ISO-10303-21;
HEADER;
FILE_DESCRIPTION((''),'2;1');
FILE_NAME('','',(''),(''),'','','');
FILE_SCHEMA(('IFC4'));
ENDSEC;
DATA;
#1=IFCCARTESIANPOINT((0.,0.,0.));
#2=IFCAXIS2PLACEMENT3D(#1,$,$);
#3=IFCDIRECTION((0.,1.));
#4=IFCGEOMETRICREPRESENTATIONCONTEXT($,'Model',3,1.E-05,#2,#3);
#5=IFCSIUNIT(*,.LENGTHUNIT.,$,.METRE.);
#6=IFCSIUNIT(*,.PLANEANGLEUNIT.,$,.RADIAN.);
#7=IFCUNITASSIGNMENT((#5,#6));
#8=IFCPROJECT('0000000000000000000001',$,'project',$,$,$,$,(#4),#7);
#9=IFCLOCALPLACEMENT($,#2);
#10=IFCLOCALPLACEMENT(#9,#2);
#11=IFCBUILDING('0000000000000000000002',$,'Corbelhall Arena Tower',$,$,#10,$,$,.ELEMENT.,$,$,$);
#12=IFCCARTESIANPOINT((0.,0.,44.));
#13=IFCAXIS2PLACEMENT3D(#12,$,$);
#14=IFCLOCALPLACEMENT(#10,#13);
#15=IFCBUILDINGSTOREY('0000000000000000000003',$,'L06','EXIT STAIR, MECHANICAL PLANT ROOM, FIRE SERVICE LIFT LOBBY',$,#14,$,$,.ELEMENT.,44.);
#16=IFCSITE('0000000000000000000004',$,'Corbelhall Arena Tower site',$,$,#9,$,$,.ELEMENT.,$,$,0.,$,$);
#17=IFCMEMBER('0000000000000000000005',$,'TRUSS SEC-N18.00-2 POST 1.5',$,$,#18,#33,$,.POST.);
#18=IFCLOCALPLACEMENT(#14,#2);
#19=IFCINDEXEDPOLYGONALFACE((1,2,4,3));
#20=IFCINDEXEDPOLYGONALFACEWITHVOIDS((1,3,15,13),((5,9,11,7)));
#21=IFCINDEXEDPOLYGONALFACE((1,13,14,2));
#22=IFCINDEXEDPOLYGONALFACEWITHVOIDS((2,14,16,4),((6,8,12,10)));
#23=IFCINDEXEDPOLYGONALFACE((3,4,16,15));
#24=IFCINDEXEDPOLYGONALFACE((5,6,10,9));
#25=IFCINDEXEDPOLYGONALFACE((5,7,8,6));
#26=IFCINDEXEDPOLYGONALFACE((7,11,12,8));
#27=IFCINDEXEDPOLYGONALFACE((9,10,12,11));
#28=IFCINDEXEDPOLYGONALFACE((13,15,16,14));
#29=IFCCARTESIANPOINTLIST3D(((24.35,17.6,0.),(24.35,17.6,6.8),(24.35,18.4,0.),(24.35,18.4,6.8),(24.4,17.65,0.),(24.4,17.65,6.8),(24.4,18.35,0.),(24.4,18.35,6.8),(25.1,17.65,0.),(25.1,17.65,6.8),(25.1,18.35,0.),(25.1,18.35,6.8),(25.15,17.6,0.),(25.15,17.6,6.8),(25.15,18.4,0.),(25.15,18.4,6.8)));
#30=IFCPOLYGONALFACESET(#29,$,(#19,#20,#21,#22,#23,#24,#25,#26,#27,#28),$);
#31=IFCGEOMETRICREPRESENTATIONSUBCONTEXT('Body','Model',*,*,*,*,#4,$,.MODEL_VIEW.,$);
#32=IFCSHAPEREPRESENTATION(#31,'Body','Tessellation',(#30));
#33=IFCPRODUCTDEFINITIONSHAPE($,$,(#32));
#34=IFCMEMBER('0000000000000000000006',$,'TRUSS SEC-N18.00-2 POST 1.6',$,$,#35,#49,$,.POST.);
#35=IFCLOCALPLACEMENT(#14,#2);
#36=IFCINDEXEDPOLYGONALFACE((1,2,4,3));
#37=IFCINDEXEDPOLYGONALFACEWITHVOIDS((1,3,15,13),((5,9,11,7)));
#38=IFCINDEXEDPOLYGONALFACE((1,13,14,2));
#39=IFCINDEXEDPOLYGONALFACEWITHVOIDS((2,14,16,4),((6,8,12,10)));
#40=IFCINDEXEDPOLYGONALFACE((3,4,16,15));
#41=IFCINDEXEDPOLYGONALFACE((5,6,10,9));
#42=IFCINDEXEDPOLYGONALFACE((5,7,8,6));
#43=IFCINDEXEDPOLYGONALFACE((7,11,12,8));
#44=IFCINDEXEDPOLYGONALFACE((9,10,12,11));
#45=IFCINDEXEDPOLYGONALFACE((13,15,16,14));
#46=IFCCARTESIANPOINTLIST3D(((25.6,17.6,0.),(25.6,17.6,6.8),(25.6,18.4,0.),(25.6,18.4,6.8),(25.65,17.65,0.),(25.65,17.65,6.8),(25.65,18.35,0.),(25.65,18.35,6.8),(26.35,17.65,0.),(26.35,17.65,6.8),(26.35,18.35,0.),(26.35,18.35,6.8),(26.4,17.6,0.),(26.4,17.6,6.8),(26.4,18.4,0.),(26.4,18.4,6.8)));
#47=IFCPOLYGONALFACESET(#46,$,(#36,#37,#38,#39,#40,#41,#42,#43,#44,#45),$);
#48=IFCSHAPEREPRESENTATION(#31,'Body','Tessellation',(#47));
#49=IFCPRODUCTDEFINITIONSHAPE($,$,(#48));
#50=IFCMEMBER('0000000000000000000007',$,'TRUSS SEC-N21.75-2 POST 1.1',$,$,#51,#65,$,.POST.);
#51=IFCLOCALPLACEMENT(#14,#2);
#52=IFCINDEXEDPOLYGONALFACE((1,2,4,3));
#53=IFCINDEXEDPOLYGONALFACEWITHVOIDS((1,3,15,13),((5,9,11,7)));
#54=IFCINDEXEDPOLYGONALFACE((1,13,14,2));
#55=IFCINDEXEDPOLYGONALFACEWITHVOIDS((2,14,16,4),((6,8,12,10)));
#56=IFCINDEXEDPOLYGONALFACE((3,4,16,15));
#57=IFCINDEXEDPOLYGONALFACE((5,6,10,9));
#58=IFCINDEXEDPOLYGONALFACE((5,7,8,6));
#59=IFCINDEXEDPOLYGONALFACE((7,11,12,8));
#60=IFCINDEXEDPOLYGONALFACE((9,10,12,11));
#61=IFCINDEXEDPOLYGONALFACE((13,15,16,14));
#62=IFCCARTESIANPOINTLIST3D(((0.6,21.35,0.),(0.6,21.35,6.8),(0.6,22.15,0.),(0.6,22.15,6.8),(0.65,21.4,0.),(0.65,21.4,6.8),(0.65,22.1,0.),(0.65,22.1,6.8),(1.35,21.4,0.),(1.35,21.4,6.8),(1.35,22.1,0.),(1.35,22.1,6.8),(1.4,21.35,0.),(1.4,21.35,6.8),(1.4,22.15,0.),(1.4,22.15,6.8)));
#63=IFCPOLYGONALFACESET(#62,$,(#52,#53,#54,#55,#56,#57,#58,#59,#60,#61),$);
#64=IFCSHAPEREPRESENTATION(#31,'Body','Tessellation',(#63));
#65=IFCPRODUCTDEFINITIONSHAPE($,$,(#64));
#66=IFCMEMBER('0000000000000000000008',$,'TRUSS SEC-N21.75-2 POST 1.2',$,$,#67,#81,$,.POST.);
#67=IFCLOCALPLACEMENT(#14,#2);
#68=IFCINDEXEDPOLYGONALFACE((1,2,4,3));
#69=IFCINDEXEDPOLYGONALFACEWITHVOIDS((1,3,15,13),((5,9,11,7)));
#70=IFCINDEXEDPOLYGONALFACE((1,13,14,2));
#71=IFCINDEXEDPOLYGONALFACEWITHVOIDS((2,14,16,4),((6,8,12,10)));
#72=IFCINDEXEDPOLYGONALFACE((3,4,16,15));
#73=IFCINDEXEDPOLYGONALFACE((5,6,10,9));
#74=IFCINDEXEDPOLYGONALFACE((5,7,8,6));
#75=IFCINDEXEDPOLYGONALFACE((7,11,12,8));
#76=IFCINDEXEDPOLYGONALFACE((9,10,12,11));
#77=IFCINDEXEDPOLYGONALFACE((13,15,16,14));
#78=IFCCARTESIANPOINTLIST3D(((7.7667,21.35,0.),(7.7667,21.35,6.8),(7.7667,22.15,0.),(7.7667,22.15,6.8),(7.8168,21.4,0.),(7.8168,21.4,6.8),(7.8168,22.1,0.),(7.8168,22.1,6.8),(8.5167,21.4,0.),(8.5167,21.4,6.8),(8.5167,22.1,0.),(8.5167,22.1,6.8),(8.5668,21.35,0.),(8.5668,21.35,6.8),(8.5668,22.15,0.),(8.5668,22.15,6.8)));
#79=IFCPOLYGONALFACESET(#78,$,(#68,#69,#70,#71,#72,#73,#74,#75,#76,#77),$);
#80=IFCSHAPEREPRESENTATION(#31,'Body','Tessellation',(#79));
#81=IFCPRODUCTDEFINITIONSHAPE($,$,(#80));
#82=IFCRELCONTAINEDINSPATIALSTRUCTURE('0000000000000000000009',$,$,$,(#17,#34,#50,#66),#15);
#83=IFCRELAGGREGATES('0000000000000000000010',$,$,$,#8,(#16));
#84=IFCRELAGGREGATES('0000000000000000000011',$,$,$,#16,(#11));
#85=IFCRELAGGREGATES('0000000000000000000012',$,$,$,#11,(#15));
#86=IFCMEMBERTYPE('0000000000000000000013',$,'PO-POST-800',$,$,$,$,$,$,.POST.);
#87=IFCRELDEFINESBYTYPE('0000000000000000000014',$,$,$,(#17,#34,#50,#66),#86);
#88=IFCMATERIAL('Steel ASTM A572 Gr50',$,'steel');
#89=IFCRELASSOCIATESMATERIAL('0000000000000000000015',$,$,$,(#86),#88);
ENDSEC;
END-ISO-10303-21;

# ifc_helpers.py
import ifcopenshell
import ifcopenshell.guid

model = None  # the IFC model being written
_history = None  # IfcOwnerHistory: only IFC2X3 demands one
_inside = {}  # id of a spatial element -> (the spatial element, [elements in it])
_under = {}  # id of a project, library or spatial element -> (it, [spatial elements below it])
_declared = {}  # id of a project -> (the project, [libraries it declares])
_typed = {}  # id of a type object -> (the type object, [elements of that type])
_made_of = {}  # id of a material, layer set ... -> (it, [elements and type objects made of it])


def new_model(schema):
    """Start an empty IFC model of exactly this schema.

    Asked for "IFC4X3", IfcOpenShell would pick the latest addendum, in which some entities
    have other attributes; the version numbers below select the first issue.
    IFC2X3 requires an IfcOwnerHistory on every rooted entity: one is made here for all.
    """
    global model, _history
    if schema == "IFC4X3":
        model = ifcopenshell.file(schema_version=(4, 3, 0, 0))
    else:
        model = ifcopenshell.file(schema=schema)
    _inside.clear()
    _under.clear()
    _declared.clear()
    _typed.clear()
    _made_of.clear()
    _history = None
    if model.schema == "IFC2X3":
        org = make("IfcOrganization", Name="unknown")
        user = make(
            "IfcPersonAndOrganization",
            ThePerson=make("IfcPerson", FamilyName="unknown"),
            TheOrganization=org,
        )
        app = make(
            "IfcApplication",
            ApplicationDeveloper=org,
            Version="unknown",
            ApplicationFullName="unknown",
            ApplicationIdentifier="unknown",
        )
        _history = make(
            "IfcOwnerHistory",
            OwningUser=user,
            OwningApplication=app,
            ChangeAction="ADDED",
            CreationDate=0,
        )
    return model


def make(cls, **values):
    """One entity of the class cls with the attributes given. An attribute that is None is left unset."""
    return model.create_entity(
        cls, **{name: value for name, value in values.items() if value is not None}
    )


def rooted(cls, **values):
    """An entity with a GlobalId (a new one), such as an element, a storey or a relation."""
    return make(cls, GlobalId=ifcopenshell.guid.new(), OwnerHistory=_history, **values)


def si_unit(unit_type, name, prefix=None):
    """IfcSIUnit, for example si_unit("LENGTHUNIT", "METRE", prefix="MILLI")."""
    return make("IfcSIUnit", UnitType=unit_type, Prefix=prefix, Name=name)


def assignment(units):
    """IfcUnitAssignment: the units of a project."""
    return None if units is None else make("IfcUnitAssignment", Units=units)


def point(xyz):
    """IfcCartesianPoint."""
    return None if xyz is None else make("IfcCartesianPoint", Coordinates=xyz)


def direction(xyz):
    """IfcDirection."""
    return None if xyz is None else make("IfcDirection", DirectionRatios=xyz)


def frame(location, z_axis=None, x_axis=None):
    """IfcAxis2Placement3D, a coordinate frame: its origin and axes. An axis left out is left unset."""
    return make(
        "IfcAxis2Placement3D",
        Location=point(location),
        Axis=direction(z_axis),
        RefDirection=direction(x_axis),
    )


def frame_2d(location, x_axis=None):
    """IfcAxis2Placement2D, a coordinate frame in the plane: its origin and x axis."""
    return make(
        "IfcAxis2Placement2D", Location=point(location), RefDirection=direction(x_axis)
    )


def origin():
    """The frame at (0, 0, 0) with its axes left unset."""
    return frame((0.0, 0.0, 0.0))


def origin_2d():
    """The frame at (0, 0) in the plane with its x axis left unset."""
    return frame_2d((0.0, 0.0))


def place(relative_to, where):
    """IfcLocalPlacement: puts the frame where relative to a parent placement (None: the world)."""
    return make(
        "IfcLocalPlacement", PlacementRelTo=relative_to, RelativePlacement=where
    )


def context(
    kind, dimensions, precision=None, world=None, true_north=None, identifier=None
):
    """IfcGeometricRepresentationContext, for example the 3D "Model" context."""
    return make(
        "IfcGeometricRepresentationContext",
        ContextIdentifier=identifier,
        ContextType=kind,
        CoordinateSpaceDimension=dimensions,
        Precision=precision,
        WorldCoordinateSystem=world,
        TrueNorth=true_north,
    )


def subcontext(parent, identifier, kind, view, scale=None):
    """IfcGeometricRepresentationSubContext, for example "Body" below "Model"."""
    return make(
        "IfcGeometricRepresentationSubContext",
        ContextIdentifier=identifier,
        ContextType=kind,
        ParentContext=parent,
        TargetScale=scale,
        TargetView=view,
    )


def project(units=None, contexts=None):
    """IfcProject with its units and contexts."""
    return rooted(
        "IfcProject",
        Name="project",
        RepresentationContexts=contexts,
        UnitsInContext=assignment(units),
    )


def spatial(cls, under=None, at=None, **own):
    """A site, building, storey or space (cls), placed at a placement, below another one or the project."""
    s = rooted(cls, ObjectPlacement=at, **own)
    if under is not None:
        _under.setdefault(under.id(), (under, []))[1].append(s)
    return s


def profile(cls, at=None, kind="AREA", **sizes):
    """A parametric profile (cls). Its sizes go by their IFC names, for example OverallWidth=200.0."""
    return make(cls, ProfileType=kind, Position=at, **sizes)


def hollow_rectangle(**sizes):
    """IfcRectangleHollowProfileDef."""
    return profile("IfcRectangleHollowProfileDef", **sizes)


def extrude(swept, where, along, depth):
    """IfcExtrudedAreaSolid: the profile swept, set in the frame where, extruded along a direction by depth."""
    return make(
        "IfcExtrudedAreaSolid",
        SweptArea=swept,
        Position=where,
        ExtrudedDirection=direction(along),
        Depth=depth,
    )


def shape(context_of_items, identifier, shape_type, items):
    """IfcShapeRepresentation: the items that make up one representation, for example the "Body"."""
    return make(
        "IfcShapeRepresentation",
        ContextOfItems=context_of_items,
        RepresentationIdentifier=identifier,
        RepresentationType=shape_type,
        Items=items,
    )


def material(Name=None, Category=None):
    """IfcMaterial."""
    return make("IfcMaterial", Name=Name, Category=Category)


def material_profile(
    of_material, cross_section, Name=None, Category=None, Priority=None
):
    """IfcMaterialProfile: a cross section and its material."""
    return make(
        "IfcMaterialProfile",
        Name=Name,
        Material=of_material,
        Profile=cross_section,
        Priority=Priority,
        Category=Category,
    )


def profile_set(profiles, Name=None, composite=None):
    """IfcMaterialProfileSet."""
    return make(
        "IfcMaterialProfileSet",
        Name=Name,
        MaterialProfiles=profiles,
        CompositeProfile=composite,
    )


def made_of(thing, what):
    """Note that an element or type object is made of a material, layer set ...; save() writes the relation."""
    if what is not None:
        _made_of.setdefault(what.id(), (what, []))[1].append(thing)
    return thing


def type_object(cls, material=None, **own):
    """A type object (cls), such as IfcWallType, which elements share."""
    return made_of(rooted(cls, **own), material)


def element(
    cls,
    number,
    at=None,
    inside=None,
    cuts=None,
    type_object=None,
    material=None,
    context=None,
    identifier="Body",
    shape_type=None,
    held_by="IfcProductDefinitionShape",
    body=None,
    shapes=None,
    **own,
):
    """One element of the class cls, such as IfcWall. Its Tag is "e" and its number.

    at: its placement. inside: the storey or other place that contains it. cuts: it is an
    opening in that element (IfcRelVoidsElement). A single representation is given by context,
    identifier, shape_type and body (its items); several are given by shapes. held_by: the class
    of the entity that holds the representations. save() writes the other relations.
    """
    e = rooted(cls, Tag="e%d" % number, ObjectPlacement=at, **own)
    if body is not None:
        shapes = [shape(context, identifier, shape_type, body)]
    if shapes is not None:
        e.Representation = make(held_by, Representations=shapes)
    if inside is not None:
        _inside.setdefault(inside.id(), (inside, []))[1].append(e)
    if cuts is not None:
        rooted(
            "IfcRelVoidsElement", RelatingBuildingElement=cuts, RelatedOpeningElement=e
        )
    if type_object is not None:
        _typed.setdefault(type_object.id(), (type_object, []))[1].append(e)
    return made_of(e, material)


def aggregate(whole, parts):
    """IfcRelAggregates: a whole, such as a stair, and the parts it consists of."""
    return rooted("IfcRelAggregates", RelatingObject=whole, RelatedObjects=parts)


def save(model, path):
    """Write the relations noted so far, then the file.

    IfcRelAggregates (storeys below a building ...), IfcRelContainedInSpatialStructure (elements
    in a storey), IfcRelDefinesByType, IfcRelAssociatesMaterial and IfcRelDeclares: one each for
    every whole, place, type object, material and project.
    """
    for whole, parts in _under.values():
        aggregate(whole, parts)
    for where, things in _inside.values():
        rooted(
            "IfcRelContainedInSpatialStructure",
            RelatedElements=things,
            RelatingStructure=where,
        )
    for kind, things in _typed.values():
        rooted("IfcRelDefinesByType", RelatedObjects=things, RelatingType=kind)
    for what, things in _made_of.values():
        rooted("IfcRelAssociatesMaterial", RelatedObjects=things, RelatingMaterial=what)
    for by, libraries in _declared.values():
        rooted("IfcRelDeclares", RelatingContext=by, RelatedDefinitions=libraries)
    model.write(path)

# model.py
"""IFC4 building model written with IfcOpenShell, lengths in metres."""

from ifc_helpers import new_model, si_unit, direction, frame, origin, origin_2d, place, context, subcontext, project, spatial, hollow_rectangle, extrude, material, material_profile, profile_set, type_object, element, save


model = new_model("IFC4")

# Units and contexts
model_context = context("Model", 3, precision=1e-05, world=origin(), true_north=direction((0.0, 1.0)))
body_context = subcontext(model_context, "Body", "Model", "MODEL_VIEW")
ifc_project = project(units=[si_unit("LENGTHUNIT", "METRE"), si_unit("PLANEANGLEUNIT", "RADIAN")], contexts=[model_context])

# Site, building, storey
site_placement = place(None, origin())
site = spatial("IfcSite", under=ifc_project, at=site_placement, Name="Corbelhall Arena Tower site", CompositionType="ELEMENT", RefElevation=0.0)
building_placement = place(site_placement, origin())
building = spatial("IfcBuilding", under=site, at=building_placement, Name="Corbelhall Arena Tower", CompositionType="ELEMENT")
storey_placement = place(building_placement, frame((0.0, 0.0, 44.0)))
storey = spatial("IfcBuildingStorey", under=building, at=storey_placement, Name="L06", Description="EXIT STAIR, MECHANICAL PLANT ROOM, FIRE SERVICE LIFT LOBBY", CompositionType="ELEMENT", Elevation=44.0)

# Members
ifc_material_1 = material(Name="Steel ASTM A572 Gr50", Category="steel")
ifc_material_profile_1 = material_profile(ifc_material_1, hollow_rectangle(XDim=0.8, YDim=0.8, WallThickness=0.05, at=origin_2d()))
ifc_profile_set_1 = profile_set([ifc_material_profile_1], Name="Steel ASTM A572 Gr50")
member_type_1 = type_object("IfcMemberType", Name="PO-POST-800", PredefinedType="POST", material=ifc_profile_set_1)
for number, where, z_axis, x_axis, name in (
    (1, (24.75, 18.0, 0.0), (0.0, 0.0, 1.0), (1.0, 0.0, 0.0), "TRUSS SEC-N18.00-2 POST 1.5"),
    (2, (26.0, 18.0, 0.0), (0.0, 0.0, 1.0), (1.0, 0.0, 0.0), "TRUSS SEC-N18.00-2 POST 1.6"),
    (3, (1.0, 21.75, 0.0), (0.0, 0.0, 1.0), (1.0, 0.0, 0.0), "TRUSS SEC-N21.75-2 POST 1.1"),
    (4, (8.1667, 21.75, 0.0), (0.0, 0.0, 1.0), (1.0, 0.0, 0.0), "TRUSS SEC-N21.75-2 POST 1.2"),
):
    element("IfcMember", number, at=place(storey_placement, frame(where, z_axis=z_axis, x_axis=x_axis)), inside=storey, type_object=member_type_1, Name=name, PredefinedType="POST", context=body_context, shape_type="SweptSolid", body=[
        extrude(hollow_rectangle(XDim=0.8, YDim=0.8, WallThickness=0.05, at=origin_2d()), origin(), (0.0, 0.0, 1.0), 6.8),
    ])

save(model, "model.ifc")
